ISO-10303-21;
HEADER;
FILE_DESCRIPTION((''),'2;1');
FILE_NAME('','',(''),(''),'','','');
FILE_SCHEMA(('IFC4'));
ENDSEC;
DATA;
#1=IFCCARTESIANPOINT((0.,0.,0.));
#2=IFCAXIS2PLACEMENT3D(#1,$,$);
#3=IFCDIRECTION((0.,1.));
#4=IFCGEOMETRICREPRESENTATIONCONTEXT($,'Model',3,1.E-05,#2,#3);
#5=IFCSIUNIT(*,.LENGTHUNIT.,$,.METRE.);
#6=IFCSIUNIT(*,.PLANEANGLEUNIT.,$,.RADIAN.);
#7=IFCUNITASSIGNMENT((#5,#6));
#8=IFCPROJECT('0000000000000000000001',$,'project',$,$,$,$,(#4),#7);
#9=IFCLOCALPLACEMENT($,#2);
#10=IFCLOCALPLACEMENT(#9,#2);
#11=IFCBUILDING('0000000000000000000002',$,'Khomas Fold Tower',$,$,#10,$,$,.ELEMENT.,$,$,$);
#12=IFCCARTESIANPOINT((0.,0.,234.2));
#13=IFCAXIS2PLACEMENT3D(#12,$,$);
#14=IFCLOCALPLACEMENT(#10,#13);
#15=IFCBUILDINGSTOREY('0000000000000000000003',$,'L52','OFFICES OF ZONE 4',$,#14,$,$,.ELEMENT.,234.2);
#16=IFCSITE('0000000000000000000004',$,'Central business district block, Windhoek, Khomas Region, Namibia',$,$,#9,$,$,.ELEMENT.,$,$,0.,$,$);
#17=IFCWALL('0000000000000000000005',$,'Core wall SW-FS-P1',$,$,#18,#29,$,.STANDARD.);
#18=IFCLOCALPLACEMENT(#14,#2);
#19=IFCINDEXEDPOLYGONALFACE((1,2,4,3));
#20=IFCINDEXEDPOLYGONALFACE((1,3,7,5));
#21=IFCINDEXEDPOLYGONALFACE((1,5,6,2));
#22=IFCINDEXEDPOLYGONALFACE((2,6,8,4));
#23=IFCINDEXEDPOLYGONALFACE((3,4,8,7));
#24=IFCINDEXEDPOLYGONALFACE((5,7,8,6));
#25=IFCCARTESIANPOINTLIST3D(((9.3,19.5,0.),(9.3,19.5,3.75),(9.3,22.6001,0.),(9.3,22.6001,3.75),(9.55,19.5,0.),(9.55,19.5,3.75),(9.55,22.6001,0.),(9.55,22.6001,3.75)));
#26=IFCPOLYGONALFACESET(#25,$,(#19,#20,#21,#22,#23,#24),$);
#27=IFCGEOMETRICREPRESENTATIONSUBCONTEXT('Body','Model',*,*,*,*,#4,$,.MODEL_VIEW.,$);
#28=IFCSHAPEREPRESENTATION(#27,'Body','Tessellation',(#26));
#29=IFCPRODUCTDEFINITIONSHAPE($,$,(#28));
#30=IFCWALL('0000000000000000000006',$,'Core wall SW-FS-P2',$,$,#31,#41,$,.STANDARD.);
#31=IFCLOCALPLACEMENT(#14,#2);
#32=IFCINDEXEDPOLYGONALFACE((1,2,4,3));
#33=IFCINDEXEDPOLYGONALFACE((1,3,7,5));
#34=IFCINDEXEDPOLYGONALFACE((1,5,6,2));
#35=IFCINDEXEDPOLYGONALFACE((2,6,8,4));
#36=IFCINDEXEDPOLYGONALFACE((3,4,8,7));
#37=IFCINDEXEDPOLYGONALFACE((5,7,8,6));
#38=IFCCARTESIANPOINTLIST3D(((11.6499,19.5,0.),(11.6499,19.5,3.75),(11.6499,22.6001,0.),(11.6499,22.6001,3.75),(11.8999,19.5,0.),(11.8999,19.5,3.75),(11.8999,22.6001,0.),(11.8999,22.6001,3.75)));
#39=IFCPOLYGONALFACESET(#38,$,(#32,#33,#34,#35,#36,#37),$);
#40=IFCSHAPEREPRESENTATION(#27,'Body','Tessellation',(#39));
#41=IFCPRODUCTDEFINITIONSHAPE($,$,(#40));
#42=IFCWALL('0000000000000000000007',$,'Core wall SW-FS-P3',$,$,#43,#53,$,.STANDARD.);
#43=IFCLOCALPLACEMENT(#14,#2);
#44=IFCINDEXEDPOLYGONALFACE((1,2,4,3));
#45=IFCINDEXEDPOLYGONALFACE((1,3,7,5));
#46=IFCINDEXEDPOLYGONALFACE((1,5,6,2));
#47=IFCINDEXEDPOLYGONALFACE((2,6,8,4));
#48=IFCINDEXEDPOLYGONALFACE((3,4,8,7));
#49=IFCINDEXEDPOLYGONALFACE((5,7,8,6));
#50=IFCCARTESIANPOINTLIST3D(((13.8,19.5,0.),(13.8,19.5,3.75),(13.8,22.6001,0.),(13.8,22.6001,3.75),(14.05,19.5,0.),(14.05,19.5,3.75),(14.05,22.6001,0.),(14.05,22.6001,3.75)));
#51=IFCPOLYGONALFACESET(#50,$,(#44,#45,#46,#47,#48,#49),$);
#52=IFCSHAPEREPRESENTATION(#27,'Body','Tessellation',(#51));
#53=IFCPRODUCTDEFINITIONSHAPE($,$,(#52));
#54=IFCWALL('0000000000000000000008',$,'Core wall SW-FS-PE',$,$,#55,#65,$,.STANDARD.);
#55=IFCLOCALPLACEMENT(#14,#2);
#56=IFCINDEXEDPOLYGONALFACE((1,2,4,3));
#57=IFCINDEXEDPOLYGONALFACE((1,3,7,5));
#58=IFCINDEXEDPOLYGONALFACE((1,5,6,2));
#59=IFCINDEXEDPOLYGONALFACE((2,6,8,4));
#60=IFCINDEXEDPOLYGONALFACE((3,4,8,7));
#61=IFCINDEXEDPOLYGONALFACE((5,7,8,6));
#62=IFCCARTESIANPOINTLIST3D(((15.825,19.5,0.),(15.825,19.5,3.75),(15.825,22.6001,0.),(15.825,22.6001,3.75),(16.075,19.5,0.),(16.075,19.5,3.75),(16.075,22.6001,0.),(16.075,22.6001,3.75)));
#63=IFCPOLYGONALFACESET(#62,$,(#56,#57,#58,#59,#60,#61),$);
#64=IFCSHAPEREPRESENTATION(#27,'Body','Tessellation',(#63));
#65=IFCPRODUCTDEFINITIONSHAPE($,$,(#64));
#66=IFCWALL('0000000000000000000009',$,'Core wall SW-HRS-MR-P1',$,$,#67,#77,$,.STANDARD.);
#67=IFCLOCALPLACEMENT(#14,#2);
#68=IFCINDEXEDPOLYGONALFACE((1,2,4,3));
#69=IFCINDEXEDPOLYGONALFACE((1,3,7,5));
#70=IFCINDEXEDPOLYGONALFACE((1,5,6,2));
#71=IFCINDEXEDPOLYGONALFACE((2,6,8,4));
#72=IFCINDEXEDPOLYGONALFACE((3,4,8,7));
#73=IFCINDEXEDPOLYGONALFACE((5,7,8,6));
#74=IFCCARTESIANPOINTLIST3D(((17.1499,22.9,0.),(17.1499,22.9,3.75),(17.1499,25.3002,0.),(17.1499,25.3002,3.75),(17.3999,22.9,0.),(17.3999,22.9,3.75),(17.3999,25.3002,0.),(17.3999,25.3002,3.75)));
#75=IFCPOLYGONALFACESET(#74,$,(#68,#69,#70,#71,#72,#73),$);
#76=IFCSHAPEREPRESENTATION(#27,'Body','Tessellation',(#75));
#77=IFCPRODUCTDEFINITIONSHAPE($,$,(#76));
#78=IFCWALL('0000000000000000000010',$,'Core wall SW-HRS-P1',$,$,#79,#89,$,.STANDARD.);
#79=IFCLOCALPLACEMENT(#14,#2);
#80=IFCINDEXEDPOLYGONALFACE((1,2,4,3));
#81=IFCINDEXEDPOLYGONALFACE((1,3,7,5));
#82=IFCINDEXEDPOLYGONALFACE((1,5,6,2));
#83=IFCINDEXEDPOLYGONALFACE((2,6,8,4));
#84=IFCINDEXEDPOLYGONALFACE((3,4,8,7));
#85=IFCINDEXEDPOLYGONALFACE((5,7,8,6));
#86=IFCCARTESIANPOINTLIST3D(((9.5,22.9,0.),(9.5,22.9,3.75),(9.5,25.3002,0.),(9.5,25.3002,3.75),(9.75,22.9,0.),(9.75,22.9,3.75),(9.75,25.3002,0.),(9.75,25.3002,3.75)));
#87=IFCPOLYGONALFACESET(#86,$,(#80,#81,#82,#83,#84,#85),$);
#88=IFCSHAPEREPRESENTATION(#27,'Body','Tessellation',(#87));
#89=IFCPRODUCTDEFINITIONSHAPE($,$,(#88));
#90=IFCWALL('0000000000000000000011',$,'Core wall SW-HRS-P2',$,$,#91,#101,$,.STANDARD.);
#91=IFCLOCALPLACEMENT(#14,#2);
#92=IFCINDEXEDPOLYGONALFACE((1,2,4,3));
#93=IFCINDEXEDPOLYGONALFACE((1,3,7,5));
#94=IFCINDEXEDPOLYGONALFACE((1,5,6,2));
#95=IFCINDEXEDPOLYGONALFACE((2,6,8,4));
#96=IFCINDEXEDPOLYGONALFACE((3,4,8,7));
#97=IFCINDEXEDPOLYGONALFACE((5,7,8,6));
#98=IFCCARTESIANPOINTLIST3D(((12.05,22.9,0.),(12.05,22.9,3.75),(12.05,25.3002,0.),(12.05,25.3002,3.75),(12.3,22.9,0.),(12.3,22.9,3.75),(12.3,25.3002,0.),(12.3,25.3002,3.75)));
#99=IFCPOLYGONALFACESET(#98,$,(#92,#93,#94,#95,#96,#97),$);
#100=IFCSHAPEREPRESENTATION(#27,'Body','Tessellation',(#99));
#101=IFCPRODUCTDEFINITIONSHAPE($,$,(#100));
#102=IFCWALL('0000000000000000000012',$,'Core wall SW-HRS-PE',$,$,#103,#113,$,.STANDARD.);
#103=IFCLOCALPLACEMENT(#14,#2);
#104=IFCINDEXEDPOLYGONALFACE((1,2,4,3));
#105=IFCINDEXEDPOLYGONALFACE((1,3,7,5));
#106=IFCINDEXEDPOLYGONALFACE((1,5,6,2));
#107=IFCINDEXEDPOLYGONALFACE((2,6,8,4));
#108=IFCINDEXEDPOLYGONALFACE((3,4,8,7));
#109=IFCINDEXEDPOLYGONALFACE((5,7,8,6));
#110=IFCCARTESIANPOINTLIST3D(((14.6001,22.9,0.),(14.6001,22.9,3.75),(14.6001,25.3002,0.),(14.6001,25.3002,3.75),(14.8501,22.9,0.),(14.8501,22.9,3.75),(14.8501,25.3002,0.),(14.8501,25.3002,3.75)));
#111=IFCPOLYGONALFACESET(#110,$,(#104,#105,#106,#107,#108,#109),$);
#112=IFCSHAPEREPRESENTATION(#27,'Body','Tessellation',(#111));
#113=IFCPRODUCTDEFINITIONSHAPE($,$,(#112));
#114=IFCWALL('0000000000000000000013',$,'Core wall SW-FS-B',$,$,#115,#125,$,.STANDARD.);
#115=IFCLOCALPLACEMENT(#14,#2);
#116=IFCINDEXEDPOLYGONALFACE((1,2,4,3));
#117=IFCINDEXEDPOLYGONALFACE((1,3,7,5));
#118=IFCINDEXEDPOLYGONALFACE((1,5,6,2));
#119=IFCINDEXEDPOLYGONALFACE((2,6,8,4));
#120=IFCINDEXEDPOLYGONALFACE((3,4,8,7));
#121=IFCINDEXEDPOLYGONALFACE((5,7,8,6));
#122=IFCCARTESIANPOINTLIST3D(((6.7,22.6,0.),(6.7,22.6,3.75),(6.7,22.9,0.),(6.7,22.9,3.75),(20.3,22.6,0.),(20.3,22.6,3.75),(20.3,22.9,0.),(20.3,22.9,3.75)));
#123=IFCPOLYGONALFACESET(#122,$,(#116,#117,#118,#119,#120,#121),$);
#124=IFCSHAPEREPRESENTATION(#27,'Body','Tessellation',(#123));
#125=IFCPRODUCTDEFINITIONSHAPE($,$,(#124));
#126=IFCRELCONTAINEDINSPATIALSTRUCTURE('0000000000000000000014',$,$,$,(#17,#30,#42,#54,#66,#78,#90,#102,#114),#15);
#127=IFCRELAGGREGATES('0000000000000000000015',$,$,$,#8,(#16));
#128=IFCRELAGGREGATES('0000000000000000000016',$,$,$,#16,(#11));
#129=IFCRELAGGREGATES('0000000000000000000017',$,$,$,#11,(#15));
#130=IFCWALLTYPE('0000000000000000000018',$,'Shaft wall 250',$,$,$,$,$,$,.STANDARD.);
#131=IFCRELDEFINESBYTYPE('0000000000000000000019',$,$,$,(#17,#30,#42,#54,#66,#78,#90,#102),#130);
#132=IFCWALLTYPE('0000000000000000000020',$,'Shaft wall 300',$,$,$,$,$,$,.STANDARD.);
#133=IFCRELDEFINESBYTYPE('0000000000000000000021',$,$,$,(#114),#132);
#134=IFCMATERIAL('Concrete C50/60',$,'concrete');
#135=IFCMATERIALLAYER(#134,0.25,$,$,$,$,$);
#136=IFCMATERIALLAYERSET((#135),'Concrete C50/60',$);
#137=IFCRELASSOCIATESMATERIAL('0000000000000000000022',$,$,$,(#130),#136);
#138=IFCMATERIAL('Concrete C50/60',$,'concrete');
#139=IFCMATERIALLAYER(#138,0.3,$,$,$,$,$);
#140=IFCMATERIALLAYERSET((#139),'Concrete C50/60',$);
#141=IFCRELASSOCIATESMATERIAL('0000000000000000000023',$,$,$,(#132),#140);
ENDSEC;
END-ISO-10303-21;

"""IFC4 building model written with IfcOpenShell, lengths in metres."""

from ifc_helpers import new_model, si_unit, direction, frame, frame_2d, origin, place, context, subcontext, project, spatial, rectangle, extrude, source, transform, mapped, material, layer, layer_set, type_object, element, save


model = new_model("IFC4")

# Units and contexts
model_context = context("Model", 3, precision=1e-05, world=origin(), true_north=direction((0.0, 1.0)))
body_context = subcontext(model_context, "Body", "Model", "MODEL_VIEW")
ifc_project = project(units=[si_unit("LENGTHUNIT", "METRE"), si_unit("PLANEANGLEUNIT", "RADIAN")], contexts=[model_context])

# Site, building, storey
site_placement = place(None, origin())
site = spatial("IfcSite", under=ifc_project, at=site_placement, Name="Central business district block, Windhoek, Khomas Region, Namibia", CompositionType="ELEMENT", RefElevation=0.0)
building_placement = place(site_placement, origin())
building = spatial("IfcBuilding", under=site, at=building_placement, Name="Khomas Fold Tower", CompositionType="ELEMENT")
storey_placement = place(building_placement, frame((0.0, 0.0, 234.2)))
storey = spatial("IfcBuildingStorey", under=building, at=storey_placement, Name="L52", Description="OFFICES OF ZONE 4", CompositionType="ELEMENT", Elevation=234.2)

# Walls
ifc_material_1 = material(Name="Concrete C50/60", Category="concrete")
ifc_layer_1 = layer(ifc_material_1, 0.25)
ifc_layer_set_1 = layer_set([ifc_layer_1], Name="Concrete C50/60")
wall_type_1 = type_object("IfcWallType", Name="Shaft wall 250", PredefinedType="STANDARD", material=ifc_layer_set_1)
shared_shape_1 = source(origin(), body_context, "Body", "SweptSolid", [
    extrude(rectangle(XDim=3.1001, YDim=0.25, at=frame_2d((1.55, 0.0))), origin(), (0.0, 0.0, 1.0), 3.75),
])
for number, where, z_axis, x_axis, name in (
    (1, (9.425, 19.5, 0.0), (0.0, 0.0, 1.0), (0.0, 1.0, 0.0), "Core wall SW-FS-P1"),
    (2, (11.7749, 19.5, 0.0), (0.0, 0.0, 1.0), (0.0, 1.0, 0.0), "Core wall SW-FS-P2"),
    (3, (13.925, 19.5, 0.0), (0.0, 0.0, 1.0), (0.0, 1.0, 0.0), "Core wall SW-FS-P3"),
    (4, (15.95, 19.5, 0.0), (0.0, 0.0, 1.0), (0.0, 1.0, 0.0), "Core wall SW-FS-PE"),
):
    element("IfcWall", number, at=place(storey_placement, frame(where, z_axis=z_axis, x_axis=x_axis)), inside=storey, type_object=wall_type_1, Name=name, PredefinedType="STANDARD", context=body_context, shape_type="MappedRepresentation", body=[
        mapped(shared_shape_1, transform((0.0, 0.0, 0.0))),
    ])
shared_shape_2 = source(origin(), body_context, "Body", "SweptSolid", [
    extrude(rectangle(XDim=2.4001, YDim=0.25, at=frame_2d((1.2002, 0.0))), origin(), (0.0, 0.0, 1.0), 3.75),
])
for number, where, z_axis, x_axis, name in (
    (5, (17.2749, 22.8999, 0.0), (0.0, 0.0, 1.0), (0.0, 1.0, 0.0), "Core wall SW-HRS-MR-P1"),
    (6, (9.625, 22.8999, 0.0), (0.0, 0.0, 1.0), (0.0, 1.0, 0.0), "Core wall SW-HRS-P1"),
    (7, (12.175, 22.8999, 0.0), (0.0, 0.0, 1.0), (0.0, 1.0, 0.0), "Core wall SW-HRS-P2"),
    (8, (14.7251, 22.8999, 0.0), (0.0, 0.0, 1.0), (0.0, 1.0, 0.0), "Core wall SW-HRS-PE"),
):
    element("IfcWall", number, at=place(storey_placement, frame(where, z_axis=z_axis, x_axis=x_axis)), inside=storey, type_object=wall_type_1, Name=name, PredefinedType="STANDARD", context=body_context, shape_type="MappedRepresentation", body=[
        mapped(shared_shape_2, transform((0.0, 0.0, 0.0))),
    ])
ifc_material_2 = material(Name="Concrete C50/60", Category="concrete")
ifc_layer_2 = layer(ifc_material_2, 0.3)
ifc_layer_set_2 = layer_set([ifc_layer_2], Name="Concrete C50/60")
wall_type_2 = type_object("IfcWallType", Name="Shaft wall 300", PredefinedType="STANDARD", material=ifc_layer_set_2)
shared_shape_3 = source(origin(), body_context, "Body", "SweptSolid", [
    extrude(rectangle(XDim=13.6001, YDim=0.3, at=frame_2d((6.8, 0.0))), origin(), (0.0, 0.0, 1.0), 3.75),
])
wall_1_placement = place(storey_placement, frame((6.7, 22.75, 0.0), z_axis=(0.0, 0.0, 1.0), x_axis=(1.0, 0.0, 0.0)))
element("IfcWall", 9, at=wall_1_placement, inside=storey, type_object=wall_type_2, Name="Core wall SW-FS-B", PredefinedType="STANDARD", context=body_context, shape_type="MappedRepresentation", body=[
    mapped(shared_shape_3, transform((0.0, 0.0, 0.0))),
])

save(model, "model.ifc")
